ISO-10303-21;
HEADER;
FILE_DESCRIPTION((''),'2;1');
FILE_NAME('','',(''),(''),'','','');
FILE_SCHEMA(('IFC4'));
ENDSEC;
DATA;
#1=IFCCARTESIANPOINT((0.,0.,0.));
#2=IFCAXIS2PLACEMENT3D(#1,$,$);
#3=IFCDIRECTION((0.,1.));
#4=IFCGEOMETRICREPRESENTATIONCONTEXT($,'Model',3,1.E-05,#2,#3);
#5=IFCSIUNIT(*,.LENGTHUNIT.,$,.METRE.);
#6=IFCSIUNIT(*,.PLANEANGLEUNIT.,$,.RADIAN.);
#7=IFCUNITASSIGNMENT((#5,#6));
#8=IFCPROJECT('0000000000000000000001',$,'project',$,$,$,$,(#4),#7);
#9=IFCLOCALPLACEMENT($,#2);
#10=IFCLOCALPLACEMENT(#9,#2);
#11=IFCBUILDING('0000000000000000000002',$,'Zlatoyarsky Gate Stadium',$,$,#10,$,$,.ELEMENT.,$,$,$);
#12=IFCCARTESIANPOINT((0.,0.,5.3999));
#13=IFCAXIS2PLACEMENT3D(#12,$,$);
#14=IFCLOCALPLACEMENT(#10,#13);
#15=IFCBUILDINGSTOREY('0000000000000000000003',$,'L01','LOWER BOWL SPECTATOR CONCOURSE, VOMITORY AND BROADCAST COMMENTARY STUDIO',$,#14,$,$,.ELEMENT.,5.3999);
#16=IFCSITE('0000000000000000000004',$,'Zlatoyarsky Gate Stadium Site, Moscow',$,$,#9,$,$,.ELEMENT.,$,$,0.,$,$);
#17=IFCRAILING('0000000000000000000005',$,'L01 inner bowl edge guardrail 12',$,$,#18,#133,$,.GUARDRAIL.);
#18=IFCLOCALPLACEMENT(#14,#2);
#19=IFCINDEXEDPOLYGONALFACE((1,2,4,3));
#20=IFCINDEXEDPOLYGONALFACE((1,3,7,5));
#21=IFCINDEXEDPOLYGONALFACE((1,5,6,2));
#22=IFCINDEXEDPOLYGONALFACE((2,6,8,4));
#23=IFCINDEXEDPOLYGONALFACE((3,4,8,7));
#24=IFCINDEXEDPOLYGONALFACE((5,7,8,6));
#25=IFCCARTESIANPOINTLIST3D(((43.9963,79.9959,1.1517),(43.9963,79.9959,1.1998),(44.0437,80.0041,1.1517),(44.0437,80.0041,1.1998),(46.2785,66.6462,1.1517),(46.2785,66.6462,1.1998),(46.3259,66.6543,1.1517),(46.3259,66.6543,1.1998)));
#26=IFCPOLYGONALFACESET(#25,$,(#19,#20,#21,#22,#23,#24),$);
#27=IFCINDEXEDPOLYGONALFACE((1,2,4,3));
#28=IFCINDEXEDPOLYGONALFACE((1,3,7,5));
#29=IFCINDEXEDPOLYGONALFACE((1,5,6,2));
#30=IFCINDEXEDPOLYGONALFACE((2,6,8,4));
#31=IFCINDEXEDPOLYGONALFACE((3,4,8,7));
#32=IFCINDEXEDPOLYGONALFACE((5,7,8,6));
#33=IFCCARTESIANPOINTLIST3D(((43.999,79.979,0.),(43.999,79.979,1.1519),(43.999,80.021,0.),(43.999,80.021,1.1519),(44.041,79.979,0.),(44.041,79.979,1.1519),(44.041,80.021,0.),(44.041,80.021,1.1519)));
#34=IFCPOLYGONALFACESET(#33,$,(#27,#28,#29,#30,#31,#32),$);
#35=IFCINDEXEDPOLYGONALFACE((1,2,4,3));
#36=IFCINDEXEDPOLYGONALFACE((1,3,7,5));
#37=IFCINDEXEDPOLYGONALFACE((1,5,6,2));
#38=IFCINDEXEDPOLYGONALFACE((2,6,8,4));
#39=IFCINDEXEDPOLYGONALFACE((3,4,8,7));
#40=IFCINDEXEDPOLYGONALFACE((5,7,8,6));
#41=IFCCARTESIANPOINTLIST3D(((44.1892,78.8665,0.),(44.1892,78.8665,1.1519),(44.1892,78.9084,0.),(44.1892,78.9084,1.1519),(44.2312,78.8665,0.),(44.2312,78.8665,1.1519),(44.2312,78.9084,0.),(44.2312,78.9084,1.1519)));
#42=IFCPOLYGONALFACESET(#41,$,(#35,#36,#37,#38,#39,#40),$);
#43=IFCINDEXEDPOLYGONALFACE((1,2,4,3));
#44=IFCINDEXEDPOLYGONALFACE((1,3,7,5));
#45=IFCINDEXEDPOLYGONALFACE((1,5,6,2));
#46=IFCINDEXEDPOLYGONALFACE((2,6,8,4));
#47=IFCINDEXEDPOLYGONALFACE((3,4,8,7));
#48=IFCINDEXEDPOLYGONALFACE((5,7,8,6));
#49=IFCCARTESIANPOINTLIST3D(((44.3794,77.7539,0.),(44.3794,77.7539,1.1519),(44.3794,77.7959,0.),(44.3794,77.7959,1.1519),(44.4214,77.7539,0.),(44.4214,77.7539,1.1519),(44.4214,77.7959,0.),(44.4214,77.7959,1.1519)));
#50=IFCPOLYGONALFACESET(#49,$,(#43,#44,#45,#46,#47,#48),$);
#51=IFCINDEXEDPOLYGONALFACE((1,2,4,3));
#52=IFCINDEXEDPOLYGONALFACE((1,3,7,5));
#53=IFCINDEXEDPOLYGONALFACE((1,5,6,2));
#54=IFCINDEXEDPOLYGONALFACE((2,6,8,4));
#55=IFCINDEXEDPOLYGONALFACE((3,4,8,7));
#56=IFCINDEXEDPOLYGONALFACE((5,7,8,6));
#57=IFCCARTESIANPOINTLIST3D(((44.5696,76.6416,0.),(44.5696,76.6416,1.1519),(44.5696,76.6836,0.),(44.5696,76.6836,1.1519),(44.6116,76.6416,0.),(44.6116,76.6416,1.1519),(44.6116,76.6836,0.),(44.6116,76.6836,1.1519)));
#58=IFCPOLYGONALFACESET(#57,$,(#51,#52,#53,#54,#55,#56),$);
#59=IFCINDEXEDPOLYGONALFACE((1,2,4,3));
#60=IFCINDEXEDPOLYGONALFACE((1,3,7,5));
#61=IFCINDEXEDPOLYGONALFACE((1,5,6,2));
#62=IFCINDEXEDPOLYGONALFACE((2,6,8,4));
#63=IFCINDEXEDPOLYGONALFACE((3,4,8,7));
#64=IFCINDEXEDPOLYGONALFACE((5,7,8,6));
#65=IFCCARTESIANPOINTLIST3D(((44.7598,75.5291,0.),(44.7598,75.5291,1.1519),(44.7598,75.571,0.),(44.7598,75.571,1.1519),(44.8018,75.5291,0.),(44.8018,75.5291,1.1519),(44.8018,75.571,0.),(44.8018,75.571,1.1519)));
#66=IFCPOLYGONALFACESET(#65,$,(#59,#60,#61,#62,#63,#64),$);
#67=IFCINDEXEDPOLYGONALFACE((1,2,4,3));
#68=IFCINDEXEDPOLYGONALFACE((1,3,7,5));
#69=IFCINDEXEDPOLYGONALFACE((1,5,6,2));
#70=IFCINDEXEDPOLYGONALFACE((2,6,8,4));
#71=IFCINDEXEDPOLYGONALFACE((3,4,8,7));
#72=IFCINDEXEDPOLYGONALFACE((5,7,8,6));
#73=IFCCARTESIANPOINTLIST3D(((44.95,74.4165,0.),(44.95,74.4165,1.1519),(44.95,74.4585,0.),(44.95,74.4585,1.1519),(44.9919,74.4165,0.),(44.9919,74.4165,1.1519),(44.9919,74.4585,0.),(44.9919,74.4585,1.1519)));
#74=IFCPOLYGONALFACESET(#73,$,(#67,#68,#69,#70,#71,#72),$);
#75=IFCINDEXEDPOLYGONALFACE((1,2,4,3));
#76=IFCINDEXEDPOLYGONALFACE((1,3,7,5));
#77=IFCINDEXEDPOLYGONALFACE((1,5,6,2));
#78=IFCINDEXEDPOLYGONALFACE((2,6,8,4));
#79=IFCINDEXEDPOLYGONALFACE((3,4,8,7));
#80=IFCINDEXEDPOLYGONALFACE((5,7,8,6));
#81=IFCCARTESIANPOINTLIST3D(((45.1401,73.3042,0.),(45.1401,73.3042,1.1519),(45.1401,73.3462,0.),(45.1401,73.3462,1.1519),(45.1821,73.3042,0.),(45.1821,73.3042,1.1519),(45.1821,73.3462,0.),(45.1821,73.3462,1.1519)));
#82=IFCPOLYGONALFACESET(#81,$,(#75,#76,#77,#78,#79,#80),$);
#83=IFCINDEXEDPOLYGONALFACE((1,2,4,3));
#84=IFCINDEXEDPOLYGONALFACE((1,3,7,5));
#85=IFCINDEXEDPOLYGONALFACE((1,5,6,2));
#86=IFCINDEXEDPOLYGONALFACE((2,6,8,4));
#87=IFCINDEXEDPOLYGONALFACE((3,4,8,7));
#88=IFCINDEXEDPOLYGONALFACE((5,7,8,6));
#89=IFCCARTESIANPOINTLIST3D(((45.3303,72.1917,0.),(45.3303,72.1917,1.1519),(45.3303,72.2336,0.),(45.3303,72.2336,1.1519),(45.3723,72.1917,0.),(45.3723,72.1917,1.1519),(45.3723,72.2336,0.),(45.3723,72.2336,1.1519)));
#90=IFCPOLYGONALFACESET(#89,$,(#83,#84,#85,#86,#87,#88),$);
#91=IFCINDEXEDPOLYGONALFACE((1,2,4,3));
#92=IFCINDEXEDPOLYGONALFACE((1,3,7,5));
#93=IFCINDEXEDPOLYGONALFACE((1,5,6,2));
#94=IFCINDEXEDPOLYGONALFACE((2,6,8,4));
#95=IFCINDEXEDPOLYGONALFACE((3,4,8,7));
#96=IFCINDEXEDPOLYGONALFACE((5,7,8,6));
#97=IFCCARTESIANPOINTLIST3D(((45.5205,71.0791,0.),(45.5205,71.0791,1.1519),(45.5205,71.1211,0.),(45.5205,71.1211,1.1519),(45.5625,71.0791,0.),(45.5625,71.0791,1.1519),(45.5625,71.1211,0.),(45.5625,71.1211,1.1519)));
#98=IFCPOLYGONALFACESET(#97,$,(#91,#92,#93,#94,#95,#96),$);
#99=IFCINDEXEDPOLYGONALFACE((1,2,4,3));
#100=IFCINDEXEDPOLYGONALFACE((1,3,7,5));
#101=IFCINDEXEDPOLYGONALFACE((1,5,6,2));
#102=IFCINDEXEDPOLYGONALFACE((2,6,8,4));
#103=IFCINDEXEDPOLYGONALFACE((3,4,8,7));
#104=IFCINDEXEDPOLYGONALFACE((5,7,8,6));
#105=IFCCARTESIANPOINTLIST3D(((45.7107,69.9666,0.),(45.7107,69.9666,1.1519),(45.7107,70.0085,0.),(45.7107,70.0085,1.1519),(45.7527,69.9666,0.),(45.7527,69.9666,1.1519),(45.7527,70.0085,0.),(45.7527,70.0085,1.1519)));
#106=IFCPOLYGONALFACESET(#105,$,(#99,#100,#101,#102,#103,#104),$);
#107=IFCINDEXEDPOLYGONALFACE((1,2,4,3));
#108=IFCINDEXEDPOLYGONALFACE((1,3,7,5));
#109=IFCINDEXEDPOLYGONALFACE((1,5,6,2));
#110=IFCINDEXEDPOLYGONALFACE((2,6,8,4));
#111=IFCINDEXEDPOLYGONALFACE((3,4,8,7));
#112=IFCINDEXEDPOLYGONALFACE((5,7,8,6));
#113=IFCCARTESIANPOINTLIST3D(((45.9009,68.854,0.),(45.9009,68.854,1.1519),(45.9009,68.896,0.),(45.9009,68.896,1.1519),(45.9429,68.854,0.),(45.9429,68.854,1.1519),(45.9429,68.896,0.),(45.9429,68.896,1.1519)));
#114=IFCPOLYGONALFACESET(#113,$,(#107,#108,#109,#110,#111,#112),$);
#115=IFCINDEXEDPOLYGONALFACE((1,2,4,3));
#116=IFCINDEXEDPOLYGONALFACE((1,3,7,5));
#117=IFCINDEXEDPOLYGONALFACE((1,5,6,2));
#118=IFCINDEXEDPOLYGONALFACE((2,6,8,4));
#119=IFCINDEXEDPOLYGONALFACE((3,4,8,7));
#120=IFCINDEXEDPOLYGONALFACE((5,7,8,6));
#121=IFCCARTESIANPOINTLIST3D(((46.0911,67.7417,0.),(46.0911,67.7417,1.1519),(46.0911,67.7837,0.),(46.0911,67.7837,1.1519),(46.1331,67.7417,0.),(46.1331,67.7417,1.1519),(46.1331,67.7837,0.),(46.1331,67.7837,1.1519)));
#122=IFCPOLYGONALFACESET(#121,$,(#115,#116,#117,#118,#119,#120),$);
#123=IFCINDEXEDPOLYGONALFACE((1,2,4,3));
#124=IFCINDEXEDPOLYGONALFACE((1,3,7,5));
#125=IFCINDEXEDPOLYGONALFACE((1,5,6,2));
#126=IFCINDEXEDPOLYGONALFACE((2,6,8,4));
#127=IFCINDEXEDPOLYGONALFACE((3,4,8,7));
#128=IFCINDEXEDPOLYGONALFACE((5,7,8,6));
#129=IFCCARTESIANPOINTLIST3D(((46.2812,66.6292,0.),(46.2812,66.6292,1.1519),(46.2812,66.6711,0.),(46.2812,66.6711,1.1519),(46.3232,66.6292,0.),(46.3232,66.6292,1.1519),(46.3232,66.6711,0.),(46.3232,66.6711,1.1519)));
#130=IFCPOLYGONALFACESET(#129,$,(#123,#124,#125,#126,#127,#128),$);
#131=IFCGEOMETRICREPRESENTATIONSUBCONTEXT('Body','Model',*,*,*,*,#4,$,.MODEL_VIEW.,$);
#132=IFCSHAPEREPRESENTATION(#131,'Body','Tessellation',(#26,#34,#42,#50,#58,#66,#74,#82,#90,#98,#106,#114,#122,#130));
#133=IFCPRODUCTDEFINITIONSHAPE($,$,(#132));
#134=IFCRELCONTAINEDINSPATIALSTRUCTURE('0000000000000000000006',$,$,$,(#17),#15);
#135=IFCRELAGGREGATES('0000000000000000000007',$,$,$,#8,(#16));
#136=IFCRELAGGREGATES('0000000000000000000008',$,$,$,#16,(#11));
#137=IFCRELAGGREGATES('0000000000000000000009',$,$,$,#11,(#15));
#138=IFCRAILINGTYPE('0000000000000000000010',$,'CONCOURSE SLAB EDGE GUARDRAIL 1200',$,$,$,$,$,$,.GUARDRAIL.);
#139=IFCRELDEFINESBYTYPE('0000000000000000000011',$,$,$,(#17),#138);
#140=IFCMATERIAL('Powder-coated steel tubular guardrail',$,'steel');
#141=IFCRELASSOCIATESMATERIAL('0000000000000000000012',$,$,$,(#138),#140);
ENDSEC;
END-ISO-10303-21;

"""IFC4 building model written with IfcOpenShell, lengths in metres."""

from ifc_helpers import new_model, si_unit, direction, frame, origin, origin_2d, place, context, subcontext, project, spatial, rectangle, extrude, material, type_object, element, save


model = new_model("IFC4")

# Units and contexts
model_context = context("Model", 3, precision=1e-05, world=origin(), true_north=direction((0.0, 1.0)))
body_context = subcontext(model_context, "Body", "Model", "MODEL_VIEW")
ifc_project = project(units=[si_unit("LENGTHUNIT", "METRE"), si_unit("PLANEANGLEUNIT", "RADIAN")], contexts=[model_context])

# Site, building, storey
site_placement = place(None, origin())
site = spatial("IfcSite", under=ifc_project, at=site_placement, Name="Zlatoyarsky Gate Stadium Site, Moscow", CompositionType="ELEMENT", RefElevation=0.0)
building_placement = place(site_placement, origin())
building = spatial("IfcBuilding", under=site, at=building_placement, Name="Zlatoyarsky Gate Stadium", CompositionType="ELEMENT")
storey_placement = place(building_placement, frame((0.0, 0.0, 5.3999)))
storey = spatial("IfcBuildingStorey", under=building, at=storey_placement, Name="L01", Description="LOWER BOWL SPECTATOR CONCOURSE, VOMITORY AND BROADCAST COMMENTARY STUDIO", CompositionType="ELEMENT", Elevation=5.3999)

# Railing
ifc_material_1 = material(Name="Powder-coated steel tubular guardrail", Category="steel")
railing_type_1 = type_object("IfcRailingType", Name="CONCOURSE SLAB EDGE GUARDRAIL 1200", PredefinedType="GUARDRAIL", material=ifc_material_1)
railing_1_placement = place(storey_placement, frame((44.02, 80.0, 0.0)))
element("IfcRailing", 1, at=railing_1_placement, inside=storey, type_object=railing_type_1, Name="L01 inner bowl edge guardrail 12", PredefinedType="GUARDRAIL", context=body_context, shape_type="SweptSolid", body=[
    extrude(rectangle(XDim=0.0481, YDim=0.0481, at=origin_2d()), frame((0.0, 0.0, 1.1758), z_axis=(0.16851, -0.9857, 0.0), x_axis=(0.9857, 0.16851, 0.0)), (0.0, 0.0, 1.0), 13.5435),
    extrude(rectangle(XDim=0.042, YDim=0.042, at=origin_2d()), origin(), (0.0, 0.0, 1.0), 1.1519),
    extrude(rectangle(XDim=0.042, YDim=0.042, at=origin_2d()), frame((0.1902, -1.1125, 0.0)), (0.0, 0.0, 1.0), 1.1519),
    extrude(rectangle(XDim=0.042, YDim=0.042, at=origin_2d()), frame((0.3804, -2.2251, 0.0)), (0.0, 0.0, 1.0), 1.1519),
    extrude(rectangle(XDim=0.042, YDim=0.042, at=origin_2d()), frame((0.5706, -3.3374, 0.0)), (0.0, 0.0, 1.0), 1.1519),
    extrude(rectangle(XDim=0.042, YDim=0.042, at=origin_2d()), frame((0.7607, -4.45, 0.0)), (0.0, 0.0, 1.0), 1.1519),
    extrude(rectangle(XDim=0.042, YDim=0.042, at=origin_2d()), frame((0.9509, -5.5625, 0.0)), (0.0, 0.0, 1.0), 1.1519),
    extrude(rectangle(XDim=0.042, YDim=0.042, at=origin_2d()), frame((1.1411, -6.6748, 0.0)), (0.0, 0.0, 1.0), 1.1519),
    extrude(rectangle(XDim=0.042, YDim=0.042, at=origin_2d()), frame((1.3313, -7.7874, 0.0)), (0.0, 0.0, 1.0), 1.1519),
    extrude(rectangle(XDim=0.042, YDim=0.042, at=origin_2d()), frame((1.5215, -8.8999, 0.0)), (0.0, 0.0, 1.0), 1.1519),
    extrude(rectangle(XDim=0.042, YDim=0.042, at=origin_2d()), frame((1.7117, -10.0125, 0.0)), (0.0, 0.0, 1.0), 1.1519),
    extrude(rectangle(XDim=0.042, YDim=0.042, at=origin_2d()), frame((1.9019, -11.125, 0.0)), (0.0, 0.0, 1.0), 1.1519),
    extrude(rectangle(XDim=0.042, YDim=0.042, at=origin_2d()), frame((2.092, -12.2373, 0.0)), (0.0, 0.0, 1.0), 1.1519),
    extrude(rectangle(XDim=0.042, YDim=0.042, at=origin_2d()), frame((2.2822, -13.3499, 0.0)), (0.0, 0.0, 1.0), 1.1519),
])

save(model, "model.ifc")
